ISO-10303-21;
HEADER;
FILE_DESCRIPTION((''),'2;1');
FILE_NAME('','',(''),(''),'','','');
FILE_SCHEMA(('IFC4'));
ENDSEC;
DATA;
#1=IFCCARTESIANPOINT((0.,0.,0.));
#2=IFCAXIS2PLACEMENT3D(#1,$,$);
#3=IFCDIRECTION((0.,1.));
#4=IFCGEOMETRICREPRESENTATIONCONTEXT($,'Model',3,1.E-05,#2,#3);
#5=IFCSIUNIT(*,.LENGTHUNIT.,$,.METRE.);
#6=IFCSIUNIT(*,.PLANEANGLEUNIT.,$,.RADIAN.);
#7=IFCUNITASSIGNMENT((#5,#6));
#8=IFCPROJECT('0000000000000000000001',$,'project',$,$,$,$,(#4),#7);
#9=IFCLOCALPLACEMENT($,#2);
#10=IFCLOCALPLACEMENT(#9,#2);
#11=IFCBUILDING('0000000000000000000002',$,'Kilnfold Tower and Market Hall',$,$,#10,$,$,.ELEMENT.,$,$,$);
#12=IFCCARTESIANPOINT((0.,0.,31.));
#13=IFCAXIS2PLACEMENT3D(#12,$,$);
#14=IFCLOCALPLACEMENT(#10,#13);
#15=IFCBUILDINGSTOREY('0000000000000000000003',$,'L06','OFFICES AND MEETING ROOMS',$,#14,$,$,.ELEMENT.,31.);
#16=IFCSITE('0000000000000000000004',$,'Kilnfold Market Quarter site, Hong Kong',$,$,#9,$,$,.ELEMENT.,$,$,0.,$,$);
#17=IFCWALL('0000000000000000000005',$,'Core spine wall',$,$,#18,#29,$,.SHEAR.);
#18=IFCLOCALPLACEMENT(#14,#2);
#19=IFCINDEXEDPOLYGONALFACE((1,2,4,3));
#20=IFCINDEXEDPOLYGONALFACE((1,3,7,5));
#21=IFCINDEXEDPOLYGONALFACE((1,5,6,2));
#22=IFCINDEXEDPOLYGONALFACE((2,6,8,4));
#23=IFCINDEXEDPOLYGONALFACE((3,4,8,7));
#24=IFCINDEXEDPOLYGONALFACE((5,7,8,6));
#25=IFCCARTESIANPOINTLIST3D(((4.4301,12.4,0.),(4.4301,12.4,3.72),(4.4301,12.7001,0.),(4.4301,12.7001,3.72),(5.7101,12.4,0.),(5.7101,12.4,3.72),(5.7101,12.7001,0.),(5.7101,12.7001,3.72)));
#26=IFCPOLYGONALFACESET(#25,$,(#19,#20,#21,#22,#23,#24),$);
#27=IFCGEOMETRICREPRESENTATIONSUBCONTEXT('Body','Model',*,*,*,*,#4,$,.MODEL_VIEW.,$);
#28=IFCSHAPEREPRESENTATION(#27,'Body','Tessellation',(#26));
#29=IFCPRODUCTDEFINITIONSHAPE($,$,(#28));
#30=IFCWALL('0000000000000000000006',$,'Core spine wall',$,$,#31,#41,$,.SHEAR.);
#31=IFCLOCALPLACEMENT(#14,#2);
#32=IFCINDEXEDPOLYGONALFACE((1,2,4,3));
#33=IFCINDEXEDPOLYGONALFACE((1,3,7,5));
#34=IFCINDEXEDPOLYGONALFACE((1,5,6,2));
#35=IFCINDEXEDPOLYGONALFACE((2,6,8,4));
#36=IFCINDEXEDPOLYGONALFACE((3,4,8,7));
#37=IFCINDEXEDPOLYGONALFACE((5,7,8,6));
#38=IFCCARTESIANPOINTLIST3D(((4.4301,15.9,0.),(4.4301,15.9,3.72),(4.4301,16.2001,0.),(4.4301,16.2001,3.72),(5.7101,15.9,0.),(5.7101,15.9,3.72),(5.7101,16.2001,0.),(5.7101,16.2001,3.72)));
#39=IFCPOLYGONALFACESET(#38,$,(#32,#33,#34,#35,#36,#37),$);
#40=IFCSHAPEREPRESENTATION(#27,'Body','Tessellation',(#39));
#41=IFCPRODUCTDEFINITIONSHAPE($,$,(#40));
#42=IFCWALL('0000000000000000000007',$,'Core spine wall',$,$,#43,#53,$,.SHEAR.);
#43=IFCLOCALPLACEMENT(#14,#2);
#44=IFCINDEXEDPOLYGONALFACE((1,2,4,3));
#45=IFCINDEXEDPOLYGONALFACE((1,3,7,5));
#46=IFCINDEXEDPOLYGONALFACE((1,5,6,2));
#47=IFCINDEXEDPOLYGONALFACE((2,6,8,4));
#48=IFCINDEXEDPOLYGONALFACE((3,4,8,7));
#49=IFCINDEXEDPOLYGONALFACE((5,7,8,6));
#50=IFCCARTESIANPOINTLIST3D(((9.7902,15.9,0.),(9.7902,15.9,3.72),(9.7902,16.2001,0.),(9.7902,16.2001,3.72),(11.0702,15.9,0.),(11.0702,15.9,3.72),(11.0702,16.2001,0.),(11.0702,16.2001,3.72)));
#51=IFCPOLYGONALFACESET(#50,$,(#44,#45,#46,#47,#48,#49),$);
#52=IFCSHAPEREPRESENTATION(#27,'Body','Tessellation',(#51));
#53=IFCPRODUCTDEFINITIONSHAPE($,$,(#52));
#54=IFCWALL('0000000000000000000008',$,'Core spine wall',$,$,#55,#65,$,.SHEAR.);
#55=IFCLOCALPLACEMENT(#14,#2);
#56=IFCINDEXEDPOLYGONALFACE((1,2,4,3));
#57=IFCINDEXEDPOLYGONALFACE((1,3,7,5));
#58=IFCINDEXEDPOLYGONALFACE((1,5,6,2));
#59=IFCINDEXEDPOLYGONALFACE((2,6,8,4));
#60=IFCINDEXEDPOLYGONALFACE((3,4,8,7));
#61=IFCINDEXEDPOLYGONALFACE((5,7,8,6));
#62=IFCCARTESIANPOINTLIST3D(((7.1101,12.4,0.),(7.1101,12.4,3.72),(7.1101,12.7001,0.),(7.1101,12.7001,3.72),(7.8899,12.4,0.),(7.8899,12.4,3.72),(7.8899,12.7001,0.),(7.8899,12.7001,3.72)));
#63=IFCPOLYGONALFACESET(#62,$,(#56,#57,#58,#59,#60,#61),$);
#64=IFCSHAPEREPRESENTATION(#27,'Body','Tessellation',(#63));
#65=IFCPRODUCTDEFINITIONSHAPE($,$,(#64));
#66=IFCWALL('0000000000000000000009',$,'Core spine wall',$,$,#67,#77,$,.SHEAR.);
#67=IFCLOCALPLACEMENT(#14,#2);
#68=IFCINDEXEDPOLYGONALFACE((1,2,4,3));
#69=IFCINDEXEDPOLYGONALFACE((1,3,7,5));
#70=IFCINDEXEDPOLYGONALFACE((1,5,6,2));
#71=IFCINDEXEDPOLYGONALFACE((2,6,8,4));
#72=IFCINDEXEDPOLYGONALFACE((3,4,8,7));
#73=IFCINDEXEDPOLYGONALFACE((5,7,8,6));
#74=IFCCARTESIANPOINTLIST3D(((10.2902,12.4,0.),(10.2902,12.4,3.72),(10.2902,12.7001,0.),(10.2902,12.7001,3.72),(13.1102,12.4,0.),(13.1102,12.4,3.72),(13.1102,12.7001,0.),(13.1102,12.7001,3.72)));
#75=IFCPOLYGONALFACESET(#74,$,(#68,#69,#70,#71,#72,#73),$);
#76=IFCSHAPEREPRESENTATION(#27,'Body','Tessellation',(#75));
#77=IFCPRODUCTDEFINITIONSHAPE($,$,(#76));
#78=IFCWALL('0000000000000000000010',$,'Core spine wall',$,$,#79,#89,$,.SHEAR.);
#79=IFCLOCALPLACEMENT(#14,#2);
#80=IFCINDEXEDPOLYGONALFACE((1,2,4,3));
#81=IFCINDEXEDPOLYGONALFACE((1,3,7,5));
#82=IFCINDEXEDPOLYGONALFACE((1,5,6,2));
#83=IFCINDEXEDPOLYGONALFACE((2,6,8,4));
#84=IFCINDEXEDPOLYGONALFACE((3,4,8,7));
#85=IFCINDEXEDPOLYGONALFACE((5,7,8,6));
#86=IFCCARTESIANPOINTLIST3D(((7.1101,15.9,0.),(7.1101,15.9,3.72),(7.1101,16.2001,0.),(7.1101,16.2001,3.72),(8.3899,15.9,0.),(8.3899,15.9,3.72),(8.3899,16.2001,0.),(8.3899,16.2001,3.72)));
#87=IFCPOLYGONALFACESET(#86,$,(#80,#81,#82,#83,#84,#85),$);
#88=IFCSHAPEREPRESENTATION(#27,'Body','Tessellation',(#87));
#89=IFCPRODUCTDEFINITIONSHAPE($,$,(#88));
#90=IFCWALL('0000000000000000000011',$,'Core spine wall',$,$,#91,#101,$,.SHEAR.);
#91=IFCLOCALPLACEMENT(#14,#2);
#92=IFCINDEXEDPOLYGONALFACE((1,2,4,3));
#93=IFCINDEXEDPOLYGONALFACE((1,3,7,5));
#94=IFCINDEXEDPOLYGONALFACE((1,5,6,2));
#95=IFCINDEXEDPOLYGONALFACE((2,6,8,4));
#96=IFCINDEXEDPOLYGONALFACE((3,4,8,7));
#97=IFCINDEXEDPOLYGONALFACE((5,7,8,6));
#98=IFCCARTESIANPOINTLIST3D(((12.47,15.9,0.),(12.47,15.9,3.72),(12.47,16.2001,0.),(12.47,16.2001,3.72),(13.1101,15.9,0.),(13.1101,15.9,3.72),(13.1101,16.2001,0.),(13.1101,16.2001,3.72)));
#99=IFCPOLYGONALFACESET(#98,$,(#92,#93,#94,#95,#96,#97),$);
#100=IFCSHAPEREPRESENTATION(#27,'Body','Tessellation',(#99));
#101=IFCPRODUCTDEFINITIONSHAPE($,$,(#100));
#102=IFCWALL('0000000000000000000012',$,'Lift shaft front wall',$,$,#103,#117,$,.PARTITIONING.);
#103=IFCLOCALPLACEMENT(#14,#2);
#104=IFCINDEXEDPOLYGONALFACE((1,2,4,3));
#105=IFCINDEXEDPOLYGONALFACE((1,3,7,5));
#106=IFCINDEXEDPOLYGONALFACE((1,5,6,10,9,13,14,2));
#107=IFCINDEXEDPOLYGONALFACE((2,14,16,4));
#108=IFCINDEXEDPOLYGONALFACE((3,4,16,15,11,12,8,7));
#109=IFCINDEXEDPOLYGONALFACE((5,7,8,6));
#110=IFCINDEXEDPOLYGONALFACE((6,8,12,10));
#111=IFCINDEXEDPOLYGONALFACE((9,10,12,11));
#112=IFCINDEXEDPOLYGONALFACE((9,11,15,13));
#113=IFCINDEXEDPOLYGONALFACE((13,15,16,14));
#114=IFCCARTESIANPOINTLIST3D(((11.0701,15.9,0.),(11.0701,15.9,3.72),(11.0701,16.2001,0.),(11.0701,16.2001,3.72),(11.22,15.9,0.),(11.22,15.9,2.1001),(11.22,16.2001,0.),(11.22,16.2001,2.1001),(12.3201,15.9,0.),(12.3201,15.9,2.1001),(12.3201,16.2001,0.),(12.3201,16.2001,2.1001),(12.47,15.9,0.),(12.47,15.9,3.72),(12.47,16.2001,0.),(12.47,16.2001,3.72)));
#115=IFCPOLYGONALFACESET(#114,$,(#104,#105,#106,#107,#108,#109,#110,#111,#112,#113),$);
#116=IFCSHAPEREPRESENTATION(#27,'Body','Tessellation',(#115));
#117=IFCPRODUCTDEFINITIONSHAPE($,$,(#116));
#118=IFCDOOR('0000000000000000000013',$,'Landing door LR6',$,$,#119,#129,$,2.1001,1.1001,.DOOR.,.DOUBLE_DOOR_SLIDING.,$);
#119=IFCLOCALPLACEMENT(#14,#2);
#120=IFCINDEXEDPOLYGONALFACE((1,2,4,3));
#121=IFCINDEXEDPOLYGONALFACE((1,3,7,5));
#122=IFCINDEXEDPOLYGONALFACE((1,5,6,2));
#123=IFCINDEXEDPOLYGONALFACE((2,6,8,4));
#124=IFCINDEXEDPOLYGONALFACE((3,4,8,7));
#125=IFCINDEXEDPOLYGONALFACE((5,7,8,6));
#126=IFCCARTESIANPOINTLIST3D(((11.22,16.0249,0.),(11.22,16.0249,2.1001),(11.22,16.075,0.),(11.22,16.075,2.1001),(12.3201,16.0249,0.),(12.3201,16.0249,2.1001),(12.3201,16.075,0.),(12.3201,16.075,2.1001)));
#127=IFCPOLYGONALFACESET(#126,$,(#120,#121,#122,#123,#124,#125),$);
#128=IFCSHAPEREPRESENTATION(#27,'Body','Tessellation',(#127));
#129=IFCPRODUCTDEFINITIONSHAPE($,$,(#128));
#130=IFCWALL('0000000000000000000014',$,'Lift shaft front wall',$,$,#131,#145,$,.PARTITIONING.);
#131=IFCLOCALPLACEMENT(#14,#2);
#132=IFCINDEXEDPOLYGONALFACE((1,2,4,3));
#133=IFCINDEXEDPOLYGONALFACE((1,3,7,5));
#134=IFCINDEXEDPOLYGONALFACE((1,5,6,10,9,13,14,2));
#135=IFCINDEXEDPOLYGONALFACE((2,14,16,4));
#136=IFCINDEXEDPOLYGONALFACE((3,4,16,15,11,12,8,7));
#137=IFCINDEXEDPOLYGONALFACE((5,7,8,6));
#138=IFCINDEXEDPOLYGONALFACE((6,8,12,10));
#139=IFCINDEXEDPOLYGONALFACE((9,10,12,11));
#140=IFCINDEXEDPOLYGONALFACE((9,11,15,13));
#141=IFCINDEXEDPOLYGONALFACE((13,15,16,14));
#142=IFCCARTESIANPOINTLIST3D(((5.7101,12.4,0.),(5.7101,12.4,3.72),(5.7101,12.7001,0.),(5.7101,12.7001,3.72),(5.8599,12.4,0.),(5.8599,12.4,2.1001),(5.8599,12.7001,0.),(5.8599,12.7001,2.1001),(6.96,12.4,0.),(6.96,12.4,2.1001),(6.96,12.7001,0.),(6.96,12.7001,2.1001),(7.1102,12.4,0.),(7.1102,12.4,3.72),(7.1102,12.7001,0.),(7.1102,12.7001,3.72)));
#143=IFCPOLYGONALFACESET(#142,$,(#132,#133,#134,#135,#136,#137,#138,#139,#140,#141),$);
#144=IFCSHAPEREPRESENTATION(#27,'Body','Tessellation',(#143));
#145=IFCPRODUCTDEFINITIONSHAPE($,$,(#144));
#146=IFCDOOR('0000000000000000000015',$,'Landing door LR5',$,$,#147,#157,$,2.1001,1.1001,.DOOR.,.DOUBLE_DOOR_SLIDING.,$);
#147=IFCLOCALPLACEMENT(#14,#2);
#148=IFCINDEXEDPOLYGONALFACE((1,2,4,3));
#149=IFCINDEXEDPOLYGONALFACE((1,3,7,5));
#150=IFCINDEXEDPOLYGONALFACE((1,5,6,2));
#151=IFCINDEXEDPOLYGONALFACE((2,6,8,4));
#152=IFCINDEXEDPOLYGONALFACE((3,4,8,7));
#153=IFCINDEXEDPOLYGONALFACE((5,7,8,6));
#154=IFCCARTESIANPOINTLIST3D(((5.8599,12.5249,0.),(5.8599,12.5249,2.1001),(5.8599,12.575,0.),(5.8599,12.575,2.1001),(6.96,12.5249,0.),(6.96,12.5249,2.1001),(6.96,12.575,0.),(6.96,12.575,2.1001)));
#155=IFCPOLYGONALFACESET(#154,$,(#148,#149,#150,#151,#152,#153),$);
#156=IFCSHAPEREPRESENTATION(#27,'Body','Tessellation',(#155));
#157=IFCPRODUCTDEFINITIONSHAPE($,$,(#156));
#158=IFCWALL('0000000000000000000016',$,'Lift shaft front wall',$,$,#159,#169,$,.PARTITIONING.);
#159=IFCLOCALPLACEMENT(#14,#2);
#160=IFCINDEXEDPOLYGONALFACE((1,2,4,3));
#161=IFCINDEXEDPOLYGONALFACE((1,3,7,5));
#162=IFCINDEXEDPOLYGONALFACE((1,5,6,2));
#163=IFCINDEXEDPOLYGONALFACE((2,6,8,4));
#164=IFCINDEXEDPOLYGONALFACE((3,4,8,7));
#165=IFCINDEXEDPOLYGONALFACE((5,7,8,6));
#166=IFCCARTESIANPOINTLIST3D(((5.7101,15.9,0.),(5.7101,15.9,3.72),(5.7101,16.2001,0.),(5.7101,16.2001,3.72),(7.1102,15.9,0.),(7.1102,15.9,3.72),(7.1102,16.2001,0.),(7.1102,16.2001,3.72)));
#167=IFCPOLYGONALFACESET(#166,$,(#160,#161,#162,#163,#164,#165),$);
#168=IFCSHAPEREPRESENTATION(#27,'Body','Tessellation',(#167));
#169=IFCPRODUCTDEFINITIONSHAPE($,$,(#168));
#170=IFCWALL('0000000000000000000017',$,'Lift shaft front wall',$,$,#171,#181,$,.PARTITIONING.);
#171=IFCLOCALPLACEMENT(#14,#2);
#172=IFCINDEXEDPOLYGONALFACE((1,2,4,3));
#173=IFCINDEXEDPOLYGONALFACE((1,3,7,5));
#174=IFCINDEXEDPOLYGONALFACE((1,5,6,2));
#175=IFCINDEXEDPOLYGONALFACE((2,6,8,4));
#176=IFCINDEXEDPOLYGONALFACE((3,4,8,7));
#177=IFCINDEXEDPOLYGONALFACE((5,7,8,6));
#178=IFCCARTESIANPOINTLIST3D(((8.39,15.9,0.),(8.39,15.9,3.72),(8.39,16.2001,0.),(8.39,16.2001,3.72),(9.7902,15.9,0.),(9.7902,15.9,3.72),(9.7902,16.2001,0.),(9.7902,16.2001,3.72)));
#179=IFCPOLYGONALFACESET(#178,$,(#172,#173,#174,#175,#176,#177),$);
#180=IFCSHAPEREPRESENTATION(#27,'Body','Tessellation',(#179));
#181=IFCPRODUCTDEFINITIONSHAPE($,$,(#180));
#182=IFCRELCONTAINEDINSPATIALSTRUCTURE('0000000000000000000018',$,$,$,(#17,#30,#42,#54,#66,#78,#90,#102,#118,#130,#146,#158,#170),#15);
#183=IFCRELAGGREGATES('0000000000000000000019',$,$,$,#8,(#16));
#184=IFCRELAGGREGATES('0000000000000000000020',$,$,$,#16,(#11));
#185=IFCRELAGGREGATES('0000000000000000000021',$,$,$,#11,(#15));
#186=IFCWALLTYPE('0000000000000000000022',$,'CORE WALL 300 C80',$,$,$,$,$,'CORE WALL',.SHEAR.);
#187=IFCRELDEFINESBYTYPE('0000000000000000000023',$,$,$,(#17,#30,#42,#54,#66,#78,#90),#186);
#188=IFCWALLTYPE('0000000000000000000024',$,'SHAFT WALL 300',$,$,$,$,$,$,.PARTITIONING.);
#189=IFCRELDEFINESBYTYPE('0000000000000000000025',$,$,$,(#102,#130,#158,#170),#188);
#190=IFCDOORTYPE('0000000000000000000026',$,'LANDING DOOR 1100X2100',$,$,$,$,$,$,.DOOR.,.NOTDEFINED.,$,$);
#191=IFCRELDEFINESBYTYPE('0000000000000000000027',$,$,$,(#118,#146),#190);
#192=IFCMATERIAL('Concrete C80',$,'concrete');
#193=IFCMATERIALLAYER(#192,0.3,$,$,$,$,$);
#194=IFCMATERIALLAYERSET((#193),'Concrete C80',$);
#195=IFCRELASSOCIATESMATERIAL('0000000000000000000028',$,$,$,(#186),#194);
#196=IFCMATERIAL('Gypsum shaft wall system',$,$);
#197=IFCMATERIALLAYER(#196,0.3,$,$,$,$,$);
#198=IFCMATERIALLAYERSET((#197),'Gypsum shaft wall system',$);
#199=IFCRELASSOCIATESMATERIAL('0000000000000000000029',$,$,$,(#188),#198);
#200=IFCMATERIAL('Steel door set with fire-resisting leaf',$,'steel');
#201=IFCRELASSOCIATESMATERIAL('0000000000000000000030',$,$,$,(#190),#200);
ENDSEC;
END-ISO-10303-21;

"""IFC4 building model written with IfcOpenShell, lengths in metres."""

from ifc_helpers import new_model, si_unit, direction, frame, frame_2d, origin, place, context, subcontext, project, spatial, rectangle, extrude, source, transform, mapped, material, layer, layer_set, type_object, element, fill, save


model = new_model("IFC4")

# Units and contexts
model_context = context("Model", 3, precision=1e-05, world=origin(), true_north=direction((0.0, 1.0)))
body_context = subcontext(model_context, "Body", "Model", "MODEL_VIEW")
ifc_project = project(units=[si_unit("LENGTHUNIT", "METRE"), si_unit("PLANEANGLEUNIT", "RADIAN")], contexts=[model_context])

# Site, building, storey
site_placement = place(None, origin())
site = spatial("IfcSite", under=ifc_project, at=site_placement, Name="Kilnfold Market Quarter site, Hong Kong", CompositionType="ELEMENT", RefElevation=0.0)
building_placement = place(site_placement, origin())
building = spatial("IfcBuilding", under=site, at=building_placement, Name="Kilnfold Tower and Market Hall", CompositionType="ELEMENT")
storey_placement = place(building_placement, frame((0.0, 0.0, 31.0)))
storey = spatial("IfcBuildingStorey", under=building, at=storey_placement, Name="L06", Description="OFFICES AND MEETING ROOMS", CompositionType="ELEMENT", Elevation=31.0)

# Walls
ifc_material_1 = material(Name="Concrete C80", Category="concrete")
ifc_layer_1 = layer(ifc_material_1, 0.3)
ifc_layer_set_1 = layer_set([ifc_layer_1], Name="Concrete C80")
wall_type_1 = type_object("IfcWallType", Name="CORE WALL 300 C80", ElementType="CORE WALL", PredefinedType="SHEAR", material=ifc_layer_set_1)
shared_shape_1 = source(origin(), body_context, "Body", "SweptSolid", [
    extrude(rectangle(XDim=1.28, YDim=0.3, at=frame_2d((0.6401, 0.0))), origin(), (0.0, 0.0, 1.0), 3.72),
])
for number, where, z_axis, x_axis, name in (
    (1, (4.4299, 12.55, 0.0), (0.0, 0.0, 1.0), (1.0, 0.0, 0.0), "Core spine wall"),
    (2, (4.4299, 16.05, 0.0), (0.0, 0.0, 1.0), (1.0, 0.0, 0.0), "Core spine wall"),
    (3, (9.79, 16.05, 0.0), (0.0, 0.0, 1.0), (1.0, 0.0, 0.0), "Core spine wall"),
):
    element("IfcWall", number, at=place(storey_placement, frame(where, z_axis=z_axis, x_axis=x_axis)), inside=storey, type_object=wall_type_1, Name=name, PredefinedType="SHEAR", context=body_context, shape_type="MappedRepresentation", body=[
        mapped(shared_shape_1, transform((0.0, 0.0, 0.0))),
    ])
shared_shape_2 = source(origin(), body_context, "Body", "SweptSolid", [
    extrude(rectangle(XDim=0.7798, YDim=0.3, at=frame_2d((0.3899, 0.0))), origin(), (0.0, 0.0, 1.0), 3.72),
])
wall_1_placement = place(storey_placement, frame((7.1101, 12.55, 0.0), z_axis=(0.0, 0.0, 1.0), x_axis=(1.0, 0.0, 0.0)))
element("IfcWall", 4, at=wall_1_placement, inside=storey, type_object=wall_type_1, Name="Core spine wall", PredefinedType="SHEAR", context=body_context, shape_type="MappedRepresentation", body=[
    mapped(shared_shape_2, transform((0.0, 0.0, 0.0))),
])
shared_shape_3 = source(origin(), body_context, "Body", "SweptSolid", [
    extrude(rectangle(XDim=2.8201, YDim=0.3, at=frame_2d((1.4102, 0.0))), origin(), (0.0, 0.0, 1.0), 3.72),
])
wall_2_placement = place(storey_placement, frame((10.29, 12.55, 0.0), z_axis=(0.0, 0.0, 1.0), x_axis=(1.0, 0.0, 0.0)))
element("IfcWall", 5, at=wall_2_placement, inside=storey, type_object=wall_type_1, Name="Core spine wall", PredefinedType="SHEAR", context=body_context, shape_type="MappedRepresentation", body=[
    mapped(shared_shape_3, transform((0.0, 0.0, 0.0))),
])
shared_shape_4 = source(origin(), body_context, "Body", "SweptSolid", [
    extrude(rectangle(XDim=1.2798, YDim=0.3, at=frame_2d((0.6399, 0.0))), origin(), (0.0, 0.0, 1.0), 3.72),
])
wall_3_placement = place(storey_placement, frame((7.1101, 16.05, 0.0), z_axis=(0.0, 0.0, 1.0), x_axis=(1.0, 0.0, 0.0)))
element("IfcWall", 6, at=wall_3_placement, inside=storey, type_object=wall_type_1, Name="Core spine wall", PredefinedType="SHEAR", context=body_context, shape_type="MappedRepresentation", body=[
    mapped(shared_shape_4, transform((0.0, 0.0, 0.0))),
])
shared_shape_5 = source(origin(), body_context, "Body", "SweptSolid", [
    extrude(rectangle(XDim=0.6401, YDim=0.3, at=frame_2d((0.3201, 0.0))), origin(), (0.0, 0.0, 1.0), 3.72),
])
wall_4_placement = place(storey_placement, frame((12.47, 16.05, 0.0), z_axis=(0.0, 0.0, 1.0), x_axis=(1.0, 0.0, 0.0)))
element("IfcWall", 7, at=wall_4_placement, inside=storey, type_object=wall_type_1, Name="Core spine wall", PredefinedType="SHEAR", context=body_context, shape_type="MappedRepresentation", body=[
    mapped(shared_shape_5, transform((0.0, 0.0, 0.0))),
])

# Walls, openings, doors
ifc_material_2 = material(Name="Gypsum shaft wall system")
ifc_layer_2 = layer(ifc_material_2, 0.3)
ifc_layer_set_2 = layer_set([ifc_layer_2], Name="Gypsum shaft wall system")
wall_type_2 = type_object("IfcWallType", Name="SHAFT WALL 300", PredefinedType="PARTITIONING", material=ifc_layer_set_2)
shared_shape_6 = source(origin(), body_context, "Body", "SweptSolid", [
    extrude(rectangle(XDim=1.3999, YDim=0.3, at=frame_2d((0.7, 0.0))), origin(), (0.0, 0.0, 1.0), 3.72),
])
wall_5_placement = place(storey_placement, frame((11.0701, 16.05, 0.0), z_axis=(0.0, 0.0, 1.0), x_axis=(1.0, 0.0, 0.0)))
wall_5 = element("IfcWall", 8, at=wall_5_placement, inside=storey, type_object=wall_type_2, Name="Lift shaft front wall", PredefinedType="PARTITIONING", context=body_context, shape_type="MappedRepresentation", body=[
    mapped(shared_shape_6, transform((0.0, 0.0, 0.0))),
])
opening_1_placement = place(wall_5_placement, frame((0.1499, 0.0, 0.0)))
opening_1 = element("IfcOpeningElement", 9, at=opening_1_placement, cuts=wall_5, PredefinedType="OPENING", context=body_context, shape_type="SweptSolid", body=[
    extrude(rectangle(XDim=1.1001, YDim=2.1001, at=frame_2d((0.55, 1.05))), frame((0.0, 0.1602, 0.0), z_axis=(0.0, -1.0, 0.0), x_axis=(1.0, 0.0, 0.0)), (0.0, 0.0, 1.0), 0.3201),
])
ifc_material_3 = material(Name="Steel door set with fire-resisting leaf", Category="steel")
door_type_1 = type_object("IfcDoorType", Name="LANDING DOOR 1100X2100", OperationType="NOTDEFINED", PredefinedType="DOOR", material=ifc_material_3)
door_1_placement = place(opening_1_placement, origin())
door_1 = element("IfcDoor", 10, at=door_1_placement, inside=storey, type_object=door_type_1, Name="Landing door LR6", OperationType="DOUBLE_DOOR_SLIDING", OverallHeight=2.1001, OverallWidth=1.1001, PredefinedType="DOOR", context=body_context, shape_type="SweptSolid", body=[
    extrude(rectangle(XDim=1.1001, YDim=2.1001, at=frame_2d((0.55, 1.05))), frame((0.0, 0.0249, 0.0), z_axis=(0.0, -1.0, 0.0), x_axis=(1.0, 0.0, 0.0)), (0.0, 0.0, 1.0), 0.05),
])
fill(opening_1, door_1)
shared_shape_7 = source(origin(), body_context, "Body", "SweptSolid", [
    extrude(rectangle(XDim=1.4001, YDim=0.3, at=frame_2d((0.7002, 0.0))), origin(), (0.0, 0.0, 1.0), 3.72),
])
wall_6_placement = place(storey_placement, frame((5.71, 12.55, 0.0), z_axis=(0.0, 0.0, 1.0), x_axis=(1.0, 0.0, 0.0)))
wall_6 = element("IfcWall", 11, at=wall_6_placement, inside=storey, type_object=wall_type_2, Name="Lift shaft front wall", PredefinedType="PARTITIONING", context=body_context, shape_type="MappedRepresentation", body=[
    mapped(shared_shape_7, transform((0.0, 0.0, 0.0))),
])
opening_2_placement = place(wall_6_placement, frame((0.1499, 0.0, 0.0)))
opening_2 = element("IfcOpeningElement", 12, at=opening_2_placement, cuts=wall_6, PredefinedType="OPENING", context=body_context, shape_type="SweptSolid", body=[
    extrude(rectangle(XDim=1.1001, YDim=2.1001, at=frame_2d((0.55, 1.05))), frame((0.0, 0.1602, 0.0), z_axis=(0.0, -1.0, 0.0), x_axis=(1.0, 0.0, 0.0)), (0.0, 0.0, 1.0), 0.3201),
])
door_2_placement = place(opening_2_placement, origin())
door_2 = element("IfcDoor", 13, at=door_2_placement, inside=storey, type_object=door_type_1, Name="Landing door LR5", OperationType="DOUBLE_DOOR_SLIDING", OverallHeight=2.1001, OverallWidth=1.1001, PredefinedType="DOOR", context=body_context, shape_type="SweptSolid", body=[
    extrude(rectangle(XDim=1.1001, YDim=2.1001, at=frame_2d((0.55, 1.05))), frame((0.0, 0.0249, 0.0), z_axis=(0.0, -1.0, 0.0), x_axis=(1.0, 0.0, 0.0)), (0.0, 0.0, 1.0), 0.05),
])
fill(opening_2, door_2)

# Walls
for number, where, z_axis, x_axis, name in (
    (14, (5.71, 16.05, 0.0), (0.0, 0.0, 1.0), (1.0, 0.0, 0.0), "Lift shaft front wall"),
    (15, (8.3899, 16.05, 0.0), (0.0, 0.0, 1.0), (1.0, 0.0, 0.0), "Lift shaft front wall"),
):
    element("IfcWall", number, at=place(storey_placement, frame(where, z_axis=z_axis, x_axis=x_axis)), inside=storey, type_object=wall_type_2, Name=name, PredefinedType="PARTITIONING", context=body_context, shape_type="MappedRepresentation", body=[
        mapped(shared_shape_7, transform((0.0, 0.0, 0.0))),
    ])

save(model, "model.ifc")
